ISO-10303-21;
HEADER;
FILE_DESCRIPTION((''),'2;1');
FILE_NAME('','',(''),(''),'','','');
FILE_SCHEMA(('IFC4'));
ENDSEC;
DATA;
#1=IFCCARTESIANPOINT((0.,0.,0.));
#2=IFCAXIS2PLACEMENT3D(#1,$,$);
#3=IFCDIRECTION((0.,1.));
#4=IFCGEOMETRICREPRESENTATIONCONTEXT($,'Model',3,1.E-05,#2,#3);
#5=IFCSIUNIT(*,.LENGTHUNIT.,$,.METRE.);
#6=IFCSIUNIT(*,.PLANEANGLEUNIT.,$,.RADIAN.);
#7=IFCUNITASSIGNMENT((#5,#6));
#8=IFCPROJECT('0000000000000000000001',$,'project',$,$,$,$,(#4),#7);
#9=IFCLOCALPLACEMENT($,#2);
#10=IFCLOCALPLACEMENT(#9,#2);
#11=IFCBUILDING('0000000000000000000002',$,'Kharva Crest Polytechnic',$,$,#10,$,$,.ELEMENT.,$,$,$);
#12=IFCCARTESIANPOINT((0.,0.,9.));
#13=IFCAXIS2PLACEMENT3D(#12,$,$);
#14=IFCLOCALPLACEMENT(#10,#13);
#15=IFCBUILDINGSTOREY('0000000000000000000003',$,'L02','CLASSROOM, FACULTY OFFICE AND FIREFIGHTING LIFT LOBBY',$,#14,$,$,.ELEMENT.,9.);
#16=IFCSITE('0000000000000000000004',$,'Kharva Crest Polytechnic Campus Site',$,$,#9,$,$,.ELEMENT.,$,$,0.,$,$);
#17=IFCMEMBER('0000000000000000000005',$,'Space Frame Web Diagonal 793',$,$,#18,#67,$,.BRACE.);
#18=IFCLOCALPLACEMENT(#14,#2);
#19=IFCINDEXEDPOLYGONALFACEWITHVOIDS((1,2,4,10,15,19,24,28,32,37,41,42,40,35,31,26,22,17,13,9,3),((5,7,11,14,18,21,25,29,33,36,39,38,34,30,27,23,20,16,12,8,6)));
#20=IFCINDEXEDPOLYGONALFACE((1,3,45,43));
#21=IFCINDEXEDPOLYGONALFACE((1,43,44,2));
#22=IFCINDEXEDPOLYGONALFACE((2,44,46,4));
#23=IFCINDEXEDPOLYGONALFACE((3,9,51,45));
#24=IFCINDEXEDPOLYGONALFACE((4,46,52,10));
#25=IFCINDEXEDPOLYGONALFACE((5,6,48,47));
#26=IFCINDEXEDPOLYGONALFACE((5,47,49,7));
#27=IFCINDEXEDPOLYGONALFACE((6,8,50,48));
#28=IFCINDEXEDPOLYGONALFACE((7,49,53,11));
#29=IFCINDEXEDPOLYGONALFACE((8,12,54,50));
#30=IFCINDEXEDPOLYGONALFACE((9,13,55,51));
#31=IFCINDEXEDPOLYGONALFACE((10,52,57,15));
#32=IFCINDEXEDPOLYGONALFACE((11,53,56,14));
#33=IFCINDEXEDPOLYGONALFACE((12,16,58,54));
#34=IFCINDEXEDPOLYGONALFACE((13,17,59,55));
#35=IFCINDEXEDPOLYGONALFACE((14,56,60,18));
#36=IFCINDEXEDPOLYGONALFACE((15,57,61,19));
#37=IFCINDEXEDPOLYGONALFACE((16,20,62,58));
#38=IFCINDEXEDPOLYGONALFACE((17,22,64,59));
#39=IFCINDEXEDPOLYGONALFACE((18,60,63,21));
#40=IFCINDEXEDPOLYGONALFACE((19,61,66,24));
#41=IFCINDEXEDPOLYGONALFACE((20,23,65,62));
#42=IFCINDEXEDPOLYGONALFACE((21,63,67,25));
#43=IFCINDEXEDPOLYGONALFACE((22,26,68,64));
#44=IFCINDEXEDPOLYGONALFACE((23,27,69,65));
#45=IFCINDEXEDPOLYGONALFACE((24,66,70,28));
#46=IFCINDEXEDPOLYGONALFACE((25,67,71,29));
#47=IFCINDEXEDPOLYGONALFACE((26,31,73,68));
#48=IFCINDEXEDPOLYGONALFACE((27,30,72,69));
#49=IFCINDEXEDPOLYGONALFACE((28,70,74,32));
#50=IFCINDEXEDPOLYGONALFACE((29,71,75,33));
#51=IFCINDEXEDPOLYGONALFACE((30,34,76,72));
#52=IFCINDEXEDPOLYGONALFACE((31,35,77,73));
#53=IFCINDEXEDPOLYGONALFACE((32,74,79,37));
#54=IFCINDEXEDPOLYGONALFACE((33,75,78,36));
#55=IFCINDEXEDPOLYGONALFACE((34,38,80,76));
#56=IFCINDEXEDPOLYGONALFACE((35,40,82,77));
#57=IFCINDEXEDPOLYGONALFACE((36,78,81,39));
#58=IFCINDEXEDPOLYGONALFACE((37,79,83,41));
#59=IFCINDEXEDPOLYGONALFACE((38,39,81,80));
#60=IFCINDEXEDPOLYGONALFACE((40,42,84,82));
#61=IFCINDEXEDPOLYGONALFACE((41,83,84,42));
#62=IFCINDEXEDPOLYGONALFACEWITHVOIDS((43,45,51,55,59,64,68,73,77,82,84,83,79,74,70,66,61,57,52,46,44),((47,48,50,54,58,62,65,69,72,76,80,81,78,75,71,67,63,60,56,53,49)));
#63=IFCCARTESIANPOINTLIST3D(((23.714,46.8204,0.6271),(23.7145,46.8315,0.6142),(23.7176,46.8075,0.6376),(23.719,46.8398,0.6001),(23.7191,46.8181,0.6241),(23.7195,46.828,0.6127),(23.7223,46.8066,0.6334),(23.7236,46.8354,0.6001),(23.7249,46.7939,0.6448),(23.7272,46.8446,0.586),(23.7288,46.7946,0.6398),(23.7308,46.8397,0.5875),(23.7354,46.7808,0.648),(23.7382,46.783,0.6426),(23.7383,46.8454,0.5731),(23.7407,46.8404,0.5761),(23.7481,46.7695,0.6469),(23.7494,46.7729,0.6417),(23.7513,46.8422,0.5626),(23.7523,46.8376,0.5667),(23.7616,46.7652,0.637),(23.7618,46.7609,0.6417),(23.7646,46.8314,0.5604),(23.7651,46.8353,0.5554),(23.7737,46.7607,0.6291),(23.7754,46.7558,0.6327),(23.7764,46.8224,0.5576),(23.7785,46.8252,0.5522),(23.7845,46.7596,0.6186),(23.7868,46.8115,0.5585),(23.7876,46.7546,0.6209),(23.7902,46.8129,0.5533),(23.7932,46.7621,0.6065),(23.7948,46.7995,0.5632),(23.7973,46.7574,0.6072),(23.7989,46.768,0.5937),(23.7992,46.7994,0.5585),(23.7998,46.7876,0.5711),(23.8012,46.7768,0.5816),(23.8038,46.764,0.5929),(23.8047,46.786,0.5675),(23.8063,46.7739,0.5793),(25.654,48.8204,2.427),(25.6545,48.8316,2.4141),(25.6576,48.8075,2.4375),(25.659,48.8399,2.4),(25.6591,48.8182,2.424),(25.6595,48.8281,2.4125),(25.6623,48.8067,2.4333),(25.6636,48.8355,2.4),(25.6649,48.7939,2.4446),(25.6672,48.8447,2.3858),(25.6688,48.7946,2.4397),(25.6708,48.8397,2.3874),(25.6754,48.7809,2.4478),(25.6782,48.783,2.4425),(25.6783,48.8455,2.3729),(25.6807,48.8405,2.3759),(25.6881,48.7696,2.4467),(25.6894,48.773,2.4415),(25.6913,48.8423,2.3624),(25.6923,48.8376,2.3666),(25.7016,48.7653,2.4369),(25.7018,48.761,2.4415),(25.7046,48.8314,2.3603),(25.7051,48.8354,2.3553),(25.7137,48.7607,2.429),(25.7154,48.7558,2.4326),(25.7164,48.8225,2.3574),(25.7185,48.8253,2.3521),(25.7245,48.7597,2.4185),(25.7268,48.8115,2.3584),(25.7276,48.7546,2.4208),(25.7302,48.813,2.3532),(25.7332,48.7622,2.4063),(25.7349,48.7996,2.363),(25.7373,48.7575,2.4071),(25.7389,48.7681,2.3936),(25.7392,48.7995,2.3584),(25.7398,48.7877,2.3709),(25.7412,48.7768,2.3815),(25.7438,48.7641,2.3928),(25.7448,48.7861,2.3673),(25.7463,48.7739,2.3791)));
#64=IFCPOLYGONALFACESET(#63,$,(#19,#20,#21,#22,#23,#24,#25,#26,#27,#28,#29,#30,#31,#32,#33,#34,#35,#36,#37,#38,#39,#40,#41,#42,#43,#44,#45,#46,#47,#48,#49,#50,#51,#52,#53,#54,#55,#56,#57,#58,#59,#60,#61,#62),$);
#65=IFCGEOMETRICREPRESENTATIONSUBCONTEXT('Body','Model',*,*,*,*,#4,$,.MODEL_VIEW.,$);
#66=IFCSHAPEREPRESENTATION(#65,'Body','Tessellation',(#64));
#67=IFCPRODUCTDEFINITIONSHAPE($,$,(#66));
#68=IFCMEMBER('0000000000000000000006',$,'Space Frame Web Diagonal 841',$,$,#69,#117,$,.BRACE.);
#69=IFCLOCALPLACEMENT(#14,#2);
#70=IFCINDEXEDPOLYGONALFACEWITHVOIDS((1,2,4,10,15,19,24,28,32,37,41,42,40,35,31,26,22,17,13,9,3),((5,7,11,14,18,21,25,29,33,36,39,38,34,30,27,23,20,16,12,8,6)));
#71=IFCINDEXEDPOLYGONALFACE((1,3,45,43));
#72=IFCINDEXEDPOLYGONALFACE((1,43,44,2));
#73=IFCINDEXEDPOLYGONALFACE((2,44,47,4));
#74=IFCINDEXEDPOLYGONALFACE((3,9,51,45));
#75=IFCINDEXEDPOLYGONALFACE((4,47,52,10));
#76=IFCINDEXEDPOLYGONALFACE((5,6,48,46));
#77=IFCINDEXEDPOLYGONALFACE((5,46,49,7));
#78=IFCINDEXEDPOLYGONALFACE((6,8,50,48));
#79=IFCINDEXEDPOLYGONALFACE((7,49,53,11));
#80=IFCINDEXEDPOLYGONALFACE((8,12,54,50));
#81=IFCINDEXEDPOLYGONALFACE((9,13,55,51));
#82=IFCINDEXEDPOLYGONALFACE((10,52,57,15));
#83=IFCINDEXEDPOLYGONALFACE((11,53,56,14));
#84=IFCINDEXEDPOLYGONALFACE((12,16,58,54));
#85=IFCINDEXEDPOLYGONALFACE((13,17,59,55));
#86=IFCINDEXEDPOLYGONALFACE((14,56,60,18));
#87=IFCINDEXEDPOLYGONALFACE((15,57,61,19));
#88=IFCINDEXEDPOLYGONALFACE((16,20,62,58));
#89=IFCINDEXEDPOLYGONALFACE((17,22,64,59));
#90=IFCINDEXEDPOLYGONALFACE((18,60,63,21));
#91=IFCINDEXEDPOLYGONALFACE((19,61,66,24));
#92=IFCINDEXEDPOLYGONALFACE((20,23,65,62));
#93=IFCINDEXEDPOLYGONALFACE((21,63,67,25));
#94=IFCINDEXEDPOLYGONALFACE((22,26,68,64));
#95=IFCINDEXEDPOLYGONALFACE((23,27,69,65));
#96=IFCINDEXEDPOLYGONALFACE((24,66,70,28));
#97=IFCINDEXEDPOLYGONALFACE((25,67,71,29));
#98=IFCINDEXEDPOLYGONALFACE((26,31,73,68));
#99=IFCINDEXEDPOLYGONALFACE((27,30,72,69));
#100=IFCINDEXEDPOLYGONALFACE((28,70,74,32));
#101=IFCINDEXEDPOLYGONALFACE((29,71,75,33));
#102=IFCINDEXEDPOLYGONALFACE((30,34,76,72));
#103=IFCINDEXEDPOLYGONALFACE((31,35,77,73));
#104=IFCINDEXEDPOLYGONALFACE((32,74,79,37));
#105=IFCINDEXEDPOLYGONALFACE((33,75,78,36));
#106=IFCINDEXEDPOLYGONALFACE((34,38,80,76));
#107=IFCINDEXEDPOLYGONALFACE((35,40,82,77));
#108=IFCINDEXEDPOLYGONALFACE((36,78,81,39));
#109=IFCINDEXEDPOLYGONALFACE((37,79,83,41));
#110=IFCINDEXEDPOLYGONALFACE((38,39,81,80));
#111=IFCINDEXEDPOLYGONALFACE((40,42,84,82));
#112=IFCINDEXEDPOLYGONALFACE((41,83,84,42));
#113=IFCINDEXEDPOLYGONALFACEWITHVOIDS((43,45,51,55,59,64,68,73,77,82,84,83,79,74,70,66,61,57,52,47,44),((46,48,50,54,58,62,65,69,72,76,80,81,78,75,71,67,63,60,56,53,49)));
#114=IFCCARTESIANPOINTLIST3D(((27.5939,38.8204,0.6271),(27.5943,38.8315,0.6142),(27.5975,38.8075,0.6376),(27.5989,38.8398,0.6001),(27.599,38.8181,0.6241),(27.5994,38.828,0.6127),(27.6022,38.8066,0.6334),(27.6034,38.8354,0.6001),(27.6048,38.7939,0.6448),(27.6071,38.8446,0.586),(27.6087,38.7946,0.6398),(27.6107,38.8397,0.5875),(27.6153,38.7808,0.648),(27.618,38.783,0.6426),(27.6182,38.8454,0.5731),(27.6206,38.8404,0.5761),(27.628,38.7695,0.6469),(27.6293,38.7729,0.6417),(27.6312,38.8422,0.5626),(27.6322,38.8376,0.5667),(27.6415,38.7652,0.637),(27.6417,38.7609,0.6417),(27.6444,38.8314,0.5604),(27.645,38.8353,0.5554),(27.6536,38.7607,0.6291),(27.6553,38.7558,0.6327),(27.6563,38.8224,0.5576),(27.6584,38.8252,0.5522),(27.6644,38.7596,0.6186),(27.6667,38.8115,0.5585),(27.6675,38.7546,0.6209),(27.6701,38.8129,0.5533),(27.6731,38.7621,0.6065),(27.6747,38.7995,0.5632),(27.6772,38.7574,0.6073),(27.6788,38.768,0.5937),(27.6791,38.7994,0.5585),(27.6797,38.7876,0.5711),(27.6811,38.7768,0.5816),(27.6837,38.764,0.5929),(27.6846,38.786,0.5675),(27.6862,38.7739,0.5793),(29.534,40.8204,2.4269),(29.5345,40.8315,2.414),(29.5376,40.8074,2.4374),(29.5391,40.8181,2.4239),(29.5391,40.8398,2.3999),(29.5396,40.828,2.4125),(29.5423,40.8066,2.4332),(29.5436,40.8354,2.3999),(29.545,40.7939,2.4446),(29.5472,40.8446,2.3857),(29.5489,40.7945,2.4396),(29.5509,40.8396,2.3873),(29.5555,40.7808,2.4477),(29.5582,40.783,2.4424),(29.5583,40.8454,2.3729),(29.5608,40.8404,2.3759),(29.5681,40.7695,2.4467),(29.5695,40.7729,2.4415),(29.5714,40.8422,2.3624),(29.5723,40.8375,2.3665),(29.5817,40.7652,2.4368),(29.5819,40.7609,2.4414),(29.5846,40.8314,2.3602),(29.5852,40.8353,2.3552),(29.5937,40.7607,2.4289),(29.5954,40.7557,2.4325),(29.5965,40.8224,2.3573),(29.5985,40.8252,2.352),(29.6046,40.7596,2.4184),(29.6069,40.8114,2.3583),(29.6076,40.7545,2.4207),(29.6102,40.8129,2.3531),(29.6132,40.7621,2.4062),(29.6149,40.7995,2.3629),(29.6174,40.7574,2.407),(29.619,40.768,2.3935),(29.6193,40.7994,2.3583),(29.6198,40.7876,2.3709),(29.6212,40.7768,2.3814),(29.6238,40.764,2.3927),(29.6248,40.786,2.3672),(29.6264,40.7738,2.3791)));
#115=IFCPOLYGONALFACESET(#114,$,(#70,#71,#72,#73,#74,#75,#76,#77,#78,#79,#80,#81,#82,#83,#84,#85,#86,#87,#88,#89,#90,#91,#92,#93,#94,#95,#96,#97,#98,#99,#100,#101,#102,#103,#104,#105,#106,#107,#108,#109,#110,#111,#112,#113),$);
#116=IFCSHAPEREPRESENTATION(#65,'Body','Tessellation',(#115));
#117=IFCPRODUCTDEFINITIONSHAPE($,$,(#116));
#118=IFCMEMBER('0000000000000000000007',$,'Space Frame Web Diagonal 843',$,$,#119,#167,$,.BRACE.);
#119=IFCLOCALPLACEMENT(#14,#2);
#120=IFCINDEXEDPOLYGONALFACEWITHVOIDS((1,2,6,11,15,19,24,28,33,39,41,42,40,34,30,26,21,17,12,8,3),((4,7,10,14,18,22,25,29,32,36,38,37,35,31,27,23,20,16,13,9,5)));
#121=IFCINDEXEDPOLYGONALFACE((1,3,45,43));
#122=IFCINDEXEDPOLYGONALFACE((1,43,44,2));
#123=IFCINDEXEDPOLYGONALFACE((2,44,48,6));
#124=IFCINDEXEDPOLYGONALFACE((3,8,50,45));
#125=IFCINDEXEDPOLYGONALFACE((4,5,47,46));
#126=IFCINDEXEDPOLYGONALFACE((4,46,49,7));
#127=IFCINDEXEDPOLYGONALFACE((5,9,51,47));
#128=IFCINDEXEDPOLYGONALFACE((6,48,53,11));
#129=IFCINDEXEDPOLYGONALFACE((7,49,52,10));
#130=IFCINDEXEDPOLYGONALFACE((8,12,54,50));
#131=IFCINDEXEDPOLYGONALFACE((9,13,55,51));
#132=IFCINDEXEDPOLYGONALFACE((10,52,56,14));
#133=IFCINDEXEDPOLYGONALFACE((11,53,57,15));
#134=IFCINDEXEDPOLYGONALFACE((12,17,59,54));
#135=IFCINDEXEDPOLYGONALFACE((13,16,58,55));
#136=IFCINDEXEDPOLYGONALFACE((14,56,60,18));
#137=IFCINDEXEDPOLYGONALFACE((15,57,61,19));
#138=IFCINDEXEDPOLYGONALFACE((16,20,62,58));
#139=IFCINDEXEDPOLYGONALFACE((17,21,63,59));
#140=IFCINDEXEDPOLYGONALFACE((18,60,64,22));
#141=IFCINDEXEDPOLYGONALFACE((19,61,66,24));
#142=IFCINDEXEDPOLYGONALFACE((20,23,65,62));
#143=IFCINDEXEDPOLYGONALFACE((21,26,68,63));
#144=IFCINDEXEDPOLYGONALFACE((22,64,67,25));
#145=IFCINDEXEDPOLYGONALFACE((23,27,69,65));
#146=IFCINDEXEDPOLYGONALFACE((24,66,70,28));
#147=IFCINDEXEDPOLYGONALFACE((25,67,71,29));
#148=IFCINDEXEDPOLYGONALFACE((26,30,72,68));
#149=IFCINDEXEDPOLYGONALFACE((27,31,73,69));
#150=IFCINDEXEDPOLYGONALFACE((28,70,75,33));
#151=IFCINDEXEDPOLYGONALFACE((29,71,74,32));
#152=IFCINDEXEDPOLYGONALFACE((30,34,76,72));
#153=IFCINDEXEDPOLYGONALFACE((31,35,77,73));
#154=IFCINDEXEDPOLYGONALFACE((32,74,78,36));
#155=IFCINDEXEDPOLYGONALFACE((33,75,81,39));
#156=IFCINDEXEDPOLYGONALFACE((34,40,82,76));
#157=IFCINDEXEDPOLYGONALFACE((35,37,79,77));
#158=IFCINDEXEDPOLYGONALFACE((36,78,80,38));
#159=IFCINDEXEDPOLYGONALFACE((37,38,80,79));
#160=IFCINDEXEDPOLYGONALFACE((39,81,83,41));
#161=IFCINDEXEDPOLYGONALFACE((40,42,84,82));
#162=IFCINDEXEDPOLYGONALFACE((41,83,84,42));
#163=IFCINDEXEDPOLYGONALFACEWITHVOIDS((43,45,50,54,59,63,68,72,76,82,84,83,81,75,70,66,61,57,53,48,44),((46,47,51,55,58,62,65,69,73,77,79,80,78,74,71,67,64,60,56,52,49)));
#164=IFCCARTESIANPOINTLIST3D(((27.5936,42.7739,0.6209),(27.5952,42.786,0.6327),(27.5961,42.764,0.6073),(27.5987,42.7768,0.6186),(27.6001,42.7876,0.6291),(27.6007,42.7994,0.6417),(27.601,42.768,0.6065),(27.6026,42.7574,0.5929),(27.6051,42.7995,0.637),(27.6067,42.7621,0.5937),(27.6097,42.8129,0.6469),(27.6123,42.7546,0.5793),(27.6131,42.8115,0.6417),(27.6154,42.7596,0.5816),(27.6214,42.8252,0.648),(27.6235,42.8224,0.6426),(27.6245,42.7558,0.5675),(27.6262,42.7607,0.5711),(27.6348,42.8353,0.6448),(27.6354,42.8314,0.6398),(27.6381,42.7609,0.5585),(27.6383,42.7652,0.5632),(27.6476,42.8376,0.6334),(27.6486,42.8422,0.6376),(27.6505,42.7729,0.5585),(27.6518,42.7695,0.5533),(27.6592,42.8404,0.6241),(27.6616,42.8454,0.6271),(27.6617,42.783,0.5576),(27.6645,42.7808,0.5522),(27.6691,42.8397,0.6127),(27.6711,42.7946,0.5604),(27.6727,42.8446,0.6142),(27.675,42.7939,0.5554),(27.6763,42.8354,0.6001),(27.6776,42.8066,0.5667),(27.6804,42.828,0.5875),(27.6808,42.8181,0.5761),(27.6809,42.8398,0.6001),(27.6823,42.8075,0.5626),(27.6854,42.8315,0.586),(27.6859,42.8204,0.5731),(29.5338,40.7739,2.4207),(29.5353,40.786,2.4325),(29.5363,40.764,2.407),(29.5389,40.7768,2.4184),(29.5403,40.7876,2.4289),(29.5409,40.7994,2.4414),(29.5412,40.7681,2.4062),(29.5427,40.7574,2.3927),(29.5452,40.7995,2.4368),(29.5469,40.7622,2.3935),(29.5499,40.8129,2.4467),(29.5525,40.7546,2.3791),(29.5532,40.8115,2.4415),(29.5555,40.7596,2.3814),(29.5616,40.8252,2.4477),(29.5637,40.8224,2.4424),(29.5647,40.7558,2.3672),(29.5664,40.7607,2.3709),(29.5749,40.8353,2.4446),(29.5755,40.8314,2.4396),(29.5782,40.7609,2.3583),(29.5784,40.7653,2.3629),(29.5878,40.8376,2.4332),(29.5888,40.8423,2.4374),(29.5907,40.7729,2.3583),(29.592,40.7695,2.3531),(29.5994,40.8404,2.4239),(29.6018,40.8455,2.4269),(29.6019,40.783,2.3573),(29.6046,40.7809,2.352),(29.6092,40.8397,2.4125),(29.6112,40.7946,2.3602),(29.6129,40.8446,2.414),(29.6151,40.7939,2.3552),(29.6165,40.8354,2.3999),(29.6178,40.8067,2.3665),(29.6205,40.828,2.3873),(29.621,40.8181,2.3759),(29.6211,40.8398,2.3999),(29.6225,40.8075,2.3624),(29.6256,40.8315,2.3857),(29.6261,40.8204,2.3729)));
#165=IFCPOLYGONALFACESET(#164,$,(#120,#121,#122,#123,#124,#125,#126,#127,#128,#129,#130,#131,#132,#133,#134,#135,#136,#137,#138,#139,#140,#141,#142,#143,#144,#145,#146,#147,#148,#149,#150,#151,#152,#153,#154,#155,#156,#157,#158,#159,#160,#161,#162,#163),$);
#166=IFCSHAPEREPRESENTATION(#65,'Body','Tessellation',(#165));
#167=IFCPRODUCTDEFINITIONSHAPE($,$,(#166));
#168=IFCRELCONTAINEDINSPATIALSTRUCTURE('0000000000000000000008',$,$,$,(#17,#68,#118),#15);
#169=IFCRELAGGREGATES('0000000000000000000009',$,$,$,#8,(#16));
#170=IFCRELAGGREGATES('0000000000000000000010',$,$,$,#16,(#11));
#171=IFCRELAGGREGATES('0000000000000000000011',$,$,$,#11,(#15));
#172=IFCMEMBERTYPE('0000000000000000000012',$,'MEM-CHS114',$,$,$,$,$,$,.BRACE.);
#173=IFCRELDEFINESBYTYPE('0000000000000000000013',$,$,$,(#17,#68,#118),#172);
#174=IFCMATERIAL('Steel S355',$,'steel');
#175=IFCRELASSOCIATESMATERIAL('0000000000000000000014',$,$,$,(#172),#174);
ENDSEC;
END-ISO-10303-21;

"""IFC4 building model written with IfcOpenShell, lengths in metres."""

from ifc_helpers import new_model, si_unit, direction, frame, origin, origin_2d, place, context, subcontext, project, spatial, hollow_circle, extrude, material, material_profile, profile_set, type_object, element, save


model = new_model("IFC4")

# Units and contexts
model_context = context("Model", 3, precision=1e-05, world=origin(), true_north=direction((0.0, 1.0)))
body_context = subcontext(model_context, "Body", "Model", "MODEL_VIEW")
ifc_project = project(units=[si_unit("LENGTHUNIT", "METRE"), si_unit("PLANEANGLEUNIT", "RADIAN")], contexts=[model_context])

# Site, building, storey
site_placement = place(None, origin())
site = spatial("IfcSite", under=ifc_project, at=site_placement, Name="Kharva Crest Polytechnic Campus Site", CompositionType="ELEMENT", RefElevation=0.0)
building_placement = place(site_placement, origin())
building = spatial("IfcBuilding", under=site, at=building_placement, Name="Kharva Crest Polytechnic", CompositionType="ELEMENT")
storey_placement = place(building_placement, frame((0.0, 0.0, 9.0)))
storey = spatial("IfcBuildingStorey", under=building, at=storey_placement, Name="L02", Description="CLASSROOM, FACULTY OFFICE AND FIREFIGHTING LIFT LOBBY", CompositionType="ELEMENT", Elevation=9.0)

# Shared definitions
ifc_material_1 = material(Name="Steel S355", Category="steel")

# Members
ifc_material_profile_1 = material_profile(ifc_material_1, hollow_circle(Radius=0.0571, WallThickness=0.0063, at=origin_2d()), Name="CHS 114.3X6.3")
ifc_profile_set_1 = profile_set([ifc_material_profile_1], Name="Steel S355")
member_type_1 = type_object("IfcMemberType", Name="MEM-CHS114", PredefinedType="BRACE", material=ifc_profile_set_1)
for number, where, z_axis, x_axis, name in (
    (1, (23.76, 46.8, 0.6001), (0.584843, 0.60295, 0.542596), (-0.717802, 0.696247, 0.0), "Space Frame Web Diagonal 793"),
    (2, (27.6399, 38.8, 0.6001), (0.584892, 0.602924, 0.542572), (-0.717758, 0.696292, 0.0), "Space Frame Web Diagonal 841"),
    (3, (27.6399, 42.8, 0.6001), (0.584892, -0.602924, 0.542572), (0.717758, 0.696292, 0.0), "Space Frame Web Diagonal 843"),
):
    element("IfcMember", number, at=place(storey_placement, frame(where, z_axis=z_axis, x_axis=x_axis)), inside=storey, type_object=member_type_1, Name=name, PredefinedType="BRACE", context=body_context, shape_type="SweptSolid", body=[
        extrude(hollow_circle(Radius=0.0571, WallThickness=0.0063, at=origin_2d()), origin(), (0.0, 0.0, 1.0), 3.3171),
    ])

save(model, "model.ifc")
